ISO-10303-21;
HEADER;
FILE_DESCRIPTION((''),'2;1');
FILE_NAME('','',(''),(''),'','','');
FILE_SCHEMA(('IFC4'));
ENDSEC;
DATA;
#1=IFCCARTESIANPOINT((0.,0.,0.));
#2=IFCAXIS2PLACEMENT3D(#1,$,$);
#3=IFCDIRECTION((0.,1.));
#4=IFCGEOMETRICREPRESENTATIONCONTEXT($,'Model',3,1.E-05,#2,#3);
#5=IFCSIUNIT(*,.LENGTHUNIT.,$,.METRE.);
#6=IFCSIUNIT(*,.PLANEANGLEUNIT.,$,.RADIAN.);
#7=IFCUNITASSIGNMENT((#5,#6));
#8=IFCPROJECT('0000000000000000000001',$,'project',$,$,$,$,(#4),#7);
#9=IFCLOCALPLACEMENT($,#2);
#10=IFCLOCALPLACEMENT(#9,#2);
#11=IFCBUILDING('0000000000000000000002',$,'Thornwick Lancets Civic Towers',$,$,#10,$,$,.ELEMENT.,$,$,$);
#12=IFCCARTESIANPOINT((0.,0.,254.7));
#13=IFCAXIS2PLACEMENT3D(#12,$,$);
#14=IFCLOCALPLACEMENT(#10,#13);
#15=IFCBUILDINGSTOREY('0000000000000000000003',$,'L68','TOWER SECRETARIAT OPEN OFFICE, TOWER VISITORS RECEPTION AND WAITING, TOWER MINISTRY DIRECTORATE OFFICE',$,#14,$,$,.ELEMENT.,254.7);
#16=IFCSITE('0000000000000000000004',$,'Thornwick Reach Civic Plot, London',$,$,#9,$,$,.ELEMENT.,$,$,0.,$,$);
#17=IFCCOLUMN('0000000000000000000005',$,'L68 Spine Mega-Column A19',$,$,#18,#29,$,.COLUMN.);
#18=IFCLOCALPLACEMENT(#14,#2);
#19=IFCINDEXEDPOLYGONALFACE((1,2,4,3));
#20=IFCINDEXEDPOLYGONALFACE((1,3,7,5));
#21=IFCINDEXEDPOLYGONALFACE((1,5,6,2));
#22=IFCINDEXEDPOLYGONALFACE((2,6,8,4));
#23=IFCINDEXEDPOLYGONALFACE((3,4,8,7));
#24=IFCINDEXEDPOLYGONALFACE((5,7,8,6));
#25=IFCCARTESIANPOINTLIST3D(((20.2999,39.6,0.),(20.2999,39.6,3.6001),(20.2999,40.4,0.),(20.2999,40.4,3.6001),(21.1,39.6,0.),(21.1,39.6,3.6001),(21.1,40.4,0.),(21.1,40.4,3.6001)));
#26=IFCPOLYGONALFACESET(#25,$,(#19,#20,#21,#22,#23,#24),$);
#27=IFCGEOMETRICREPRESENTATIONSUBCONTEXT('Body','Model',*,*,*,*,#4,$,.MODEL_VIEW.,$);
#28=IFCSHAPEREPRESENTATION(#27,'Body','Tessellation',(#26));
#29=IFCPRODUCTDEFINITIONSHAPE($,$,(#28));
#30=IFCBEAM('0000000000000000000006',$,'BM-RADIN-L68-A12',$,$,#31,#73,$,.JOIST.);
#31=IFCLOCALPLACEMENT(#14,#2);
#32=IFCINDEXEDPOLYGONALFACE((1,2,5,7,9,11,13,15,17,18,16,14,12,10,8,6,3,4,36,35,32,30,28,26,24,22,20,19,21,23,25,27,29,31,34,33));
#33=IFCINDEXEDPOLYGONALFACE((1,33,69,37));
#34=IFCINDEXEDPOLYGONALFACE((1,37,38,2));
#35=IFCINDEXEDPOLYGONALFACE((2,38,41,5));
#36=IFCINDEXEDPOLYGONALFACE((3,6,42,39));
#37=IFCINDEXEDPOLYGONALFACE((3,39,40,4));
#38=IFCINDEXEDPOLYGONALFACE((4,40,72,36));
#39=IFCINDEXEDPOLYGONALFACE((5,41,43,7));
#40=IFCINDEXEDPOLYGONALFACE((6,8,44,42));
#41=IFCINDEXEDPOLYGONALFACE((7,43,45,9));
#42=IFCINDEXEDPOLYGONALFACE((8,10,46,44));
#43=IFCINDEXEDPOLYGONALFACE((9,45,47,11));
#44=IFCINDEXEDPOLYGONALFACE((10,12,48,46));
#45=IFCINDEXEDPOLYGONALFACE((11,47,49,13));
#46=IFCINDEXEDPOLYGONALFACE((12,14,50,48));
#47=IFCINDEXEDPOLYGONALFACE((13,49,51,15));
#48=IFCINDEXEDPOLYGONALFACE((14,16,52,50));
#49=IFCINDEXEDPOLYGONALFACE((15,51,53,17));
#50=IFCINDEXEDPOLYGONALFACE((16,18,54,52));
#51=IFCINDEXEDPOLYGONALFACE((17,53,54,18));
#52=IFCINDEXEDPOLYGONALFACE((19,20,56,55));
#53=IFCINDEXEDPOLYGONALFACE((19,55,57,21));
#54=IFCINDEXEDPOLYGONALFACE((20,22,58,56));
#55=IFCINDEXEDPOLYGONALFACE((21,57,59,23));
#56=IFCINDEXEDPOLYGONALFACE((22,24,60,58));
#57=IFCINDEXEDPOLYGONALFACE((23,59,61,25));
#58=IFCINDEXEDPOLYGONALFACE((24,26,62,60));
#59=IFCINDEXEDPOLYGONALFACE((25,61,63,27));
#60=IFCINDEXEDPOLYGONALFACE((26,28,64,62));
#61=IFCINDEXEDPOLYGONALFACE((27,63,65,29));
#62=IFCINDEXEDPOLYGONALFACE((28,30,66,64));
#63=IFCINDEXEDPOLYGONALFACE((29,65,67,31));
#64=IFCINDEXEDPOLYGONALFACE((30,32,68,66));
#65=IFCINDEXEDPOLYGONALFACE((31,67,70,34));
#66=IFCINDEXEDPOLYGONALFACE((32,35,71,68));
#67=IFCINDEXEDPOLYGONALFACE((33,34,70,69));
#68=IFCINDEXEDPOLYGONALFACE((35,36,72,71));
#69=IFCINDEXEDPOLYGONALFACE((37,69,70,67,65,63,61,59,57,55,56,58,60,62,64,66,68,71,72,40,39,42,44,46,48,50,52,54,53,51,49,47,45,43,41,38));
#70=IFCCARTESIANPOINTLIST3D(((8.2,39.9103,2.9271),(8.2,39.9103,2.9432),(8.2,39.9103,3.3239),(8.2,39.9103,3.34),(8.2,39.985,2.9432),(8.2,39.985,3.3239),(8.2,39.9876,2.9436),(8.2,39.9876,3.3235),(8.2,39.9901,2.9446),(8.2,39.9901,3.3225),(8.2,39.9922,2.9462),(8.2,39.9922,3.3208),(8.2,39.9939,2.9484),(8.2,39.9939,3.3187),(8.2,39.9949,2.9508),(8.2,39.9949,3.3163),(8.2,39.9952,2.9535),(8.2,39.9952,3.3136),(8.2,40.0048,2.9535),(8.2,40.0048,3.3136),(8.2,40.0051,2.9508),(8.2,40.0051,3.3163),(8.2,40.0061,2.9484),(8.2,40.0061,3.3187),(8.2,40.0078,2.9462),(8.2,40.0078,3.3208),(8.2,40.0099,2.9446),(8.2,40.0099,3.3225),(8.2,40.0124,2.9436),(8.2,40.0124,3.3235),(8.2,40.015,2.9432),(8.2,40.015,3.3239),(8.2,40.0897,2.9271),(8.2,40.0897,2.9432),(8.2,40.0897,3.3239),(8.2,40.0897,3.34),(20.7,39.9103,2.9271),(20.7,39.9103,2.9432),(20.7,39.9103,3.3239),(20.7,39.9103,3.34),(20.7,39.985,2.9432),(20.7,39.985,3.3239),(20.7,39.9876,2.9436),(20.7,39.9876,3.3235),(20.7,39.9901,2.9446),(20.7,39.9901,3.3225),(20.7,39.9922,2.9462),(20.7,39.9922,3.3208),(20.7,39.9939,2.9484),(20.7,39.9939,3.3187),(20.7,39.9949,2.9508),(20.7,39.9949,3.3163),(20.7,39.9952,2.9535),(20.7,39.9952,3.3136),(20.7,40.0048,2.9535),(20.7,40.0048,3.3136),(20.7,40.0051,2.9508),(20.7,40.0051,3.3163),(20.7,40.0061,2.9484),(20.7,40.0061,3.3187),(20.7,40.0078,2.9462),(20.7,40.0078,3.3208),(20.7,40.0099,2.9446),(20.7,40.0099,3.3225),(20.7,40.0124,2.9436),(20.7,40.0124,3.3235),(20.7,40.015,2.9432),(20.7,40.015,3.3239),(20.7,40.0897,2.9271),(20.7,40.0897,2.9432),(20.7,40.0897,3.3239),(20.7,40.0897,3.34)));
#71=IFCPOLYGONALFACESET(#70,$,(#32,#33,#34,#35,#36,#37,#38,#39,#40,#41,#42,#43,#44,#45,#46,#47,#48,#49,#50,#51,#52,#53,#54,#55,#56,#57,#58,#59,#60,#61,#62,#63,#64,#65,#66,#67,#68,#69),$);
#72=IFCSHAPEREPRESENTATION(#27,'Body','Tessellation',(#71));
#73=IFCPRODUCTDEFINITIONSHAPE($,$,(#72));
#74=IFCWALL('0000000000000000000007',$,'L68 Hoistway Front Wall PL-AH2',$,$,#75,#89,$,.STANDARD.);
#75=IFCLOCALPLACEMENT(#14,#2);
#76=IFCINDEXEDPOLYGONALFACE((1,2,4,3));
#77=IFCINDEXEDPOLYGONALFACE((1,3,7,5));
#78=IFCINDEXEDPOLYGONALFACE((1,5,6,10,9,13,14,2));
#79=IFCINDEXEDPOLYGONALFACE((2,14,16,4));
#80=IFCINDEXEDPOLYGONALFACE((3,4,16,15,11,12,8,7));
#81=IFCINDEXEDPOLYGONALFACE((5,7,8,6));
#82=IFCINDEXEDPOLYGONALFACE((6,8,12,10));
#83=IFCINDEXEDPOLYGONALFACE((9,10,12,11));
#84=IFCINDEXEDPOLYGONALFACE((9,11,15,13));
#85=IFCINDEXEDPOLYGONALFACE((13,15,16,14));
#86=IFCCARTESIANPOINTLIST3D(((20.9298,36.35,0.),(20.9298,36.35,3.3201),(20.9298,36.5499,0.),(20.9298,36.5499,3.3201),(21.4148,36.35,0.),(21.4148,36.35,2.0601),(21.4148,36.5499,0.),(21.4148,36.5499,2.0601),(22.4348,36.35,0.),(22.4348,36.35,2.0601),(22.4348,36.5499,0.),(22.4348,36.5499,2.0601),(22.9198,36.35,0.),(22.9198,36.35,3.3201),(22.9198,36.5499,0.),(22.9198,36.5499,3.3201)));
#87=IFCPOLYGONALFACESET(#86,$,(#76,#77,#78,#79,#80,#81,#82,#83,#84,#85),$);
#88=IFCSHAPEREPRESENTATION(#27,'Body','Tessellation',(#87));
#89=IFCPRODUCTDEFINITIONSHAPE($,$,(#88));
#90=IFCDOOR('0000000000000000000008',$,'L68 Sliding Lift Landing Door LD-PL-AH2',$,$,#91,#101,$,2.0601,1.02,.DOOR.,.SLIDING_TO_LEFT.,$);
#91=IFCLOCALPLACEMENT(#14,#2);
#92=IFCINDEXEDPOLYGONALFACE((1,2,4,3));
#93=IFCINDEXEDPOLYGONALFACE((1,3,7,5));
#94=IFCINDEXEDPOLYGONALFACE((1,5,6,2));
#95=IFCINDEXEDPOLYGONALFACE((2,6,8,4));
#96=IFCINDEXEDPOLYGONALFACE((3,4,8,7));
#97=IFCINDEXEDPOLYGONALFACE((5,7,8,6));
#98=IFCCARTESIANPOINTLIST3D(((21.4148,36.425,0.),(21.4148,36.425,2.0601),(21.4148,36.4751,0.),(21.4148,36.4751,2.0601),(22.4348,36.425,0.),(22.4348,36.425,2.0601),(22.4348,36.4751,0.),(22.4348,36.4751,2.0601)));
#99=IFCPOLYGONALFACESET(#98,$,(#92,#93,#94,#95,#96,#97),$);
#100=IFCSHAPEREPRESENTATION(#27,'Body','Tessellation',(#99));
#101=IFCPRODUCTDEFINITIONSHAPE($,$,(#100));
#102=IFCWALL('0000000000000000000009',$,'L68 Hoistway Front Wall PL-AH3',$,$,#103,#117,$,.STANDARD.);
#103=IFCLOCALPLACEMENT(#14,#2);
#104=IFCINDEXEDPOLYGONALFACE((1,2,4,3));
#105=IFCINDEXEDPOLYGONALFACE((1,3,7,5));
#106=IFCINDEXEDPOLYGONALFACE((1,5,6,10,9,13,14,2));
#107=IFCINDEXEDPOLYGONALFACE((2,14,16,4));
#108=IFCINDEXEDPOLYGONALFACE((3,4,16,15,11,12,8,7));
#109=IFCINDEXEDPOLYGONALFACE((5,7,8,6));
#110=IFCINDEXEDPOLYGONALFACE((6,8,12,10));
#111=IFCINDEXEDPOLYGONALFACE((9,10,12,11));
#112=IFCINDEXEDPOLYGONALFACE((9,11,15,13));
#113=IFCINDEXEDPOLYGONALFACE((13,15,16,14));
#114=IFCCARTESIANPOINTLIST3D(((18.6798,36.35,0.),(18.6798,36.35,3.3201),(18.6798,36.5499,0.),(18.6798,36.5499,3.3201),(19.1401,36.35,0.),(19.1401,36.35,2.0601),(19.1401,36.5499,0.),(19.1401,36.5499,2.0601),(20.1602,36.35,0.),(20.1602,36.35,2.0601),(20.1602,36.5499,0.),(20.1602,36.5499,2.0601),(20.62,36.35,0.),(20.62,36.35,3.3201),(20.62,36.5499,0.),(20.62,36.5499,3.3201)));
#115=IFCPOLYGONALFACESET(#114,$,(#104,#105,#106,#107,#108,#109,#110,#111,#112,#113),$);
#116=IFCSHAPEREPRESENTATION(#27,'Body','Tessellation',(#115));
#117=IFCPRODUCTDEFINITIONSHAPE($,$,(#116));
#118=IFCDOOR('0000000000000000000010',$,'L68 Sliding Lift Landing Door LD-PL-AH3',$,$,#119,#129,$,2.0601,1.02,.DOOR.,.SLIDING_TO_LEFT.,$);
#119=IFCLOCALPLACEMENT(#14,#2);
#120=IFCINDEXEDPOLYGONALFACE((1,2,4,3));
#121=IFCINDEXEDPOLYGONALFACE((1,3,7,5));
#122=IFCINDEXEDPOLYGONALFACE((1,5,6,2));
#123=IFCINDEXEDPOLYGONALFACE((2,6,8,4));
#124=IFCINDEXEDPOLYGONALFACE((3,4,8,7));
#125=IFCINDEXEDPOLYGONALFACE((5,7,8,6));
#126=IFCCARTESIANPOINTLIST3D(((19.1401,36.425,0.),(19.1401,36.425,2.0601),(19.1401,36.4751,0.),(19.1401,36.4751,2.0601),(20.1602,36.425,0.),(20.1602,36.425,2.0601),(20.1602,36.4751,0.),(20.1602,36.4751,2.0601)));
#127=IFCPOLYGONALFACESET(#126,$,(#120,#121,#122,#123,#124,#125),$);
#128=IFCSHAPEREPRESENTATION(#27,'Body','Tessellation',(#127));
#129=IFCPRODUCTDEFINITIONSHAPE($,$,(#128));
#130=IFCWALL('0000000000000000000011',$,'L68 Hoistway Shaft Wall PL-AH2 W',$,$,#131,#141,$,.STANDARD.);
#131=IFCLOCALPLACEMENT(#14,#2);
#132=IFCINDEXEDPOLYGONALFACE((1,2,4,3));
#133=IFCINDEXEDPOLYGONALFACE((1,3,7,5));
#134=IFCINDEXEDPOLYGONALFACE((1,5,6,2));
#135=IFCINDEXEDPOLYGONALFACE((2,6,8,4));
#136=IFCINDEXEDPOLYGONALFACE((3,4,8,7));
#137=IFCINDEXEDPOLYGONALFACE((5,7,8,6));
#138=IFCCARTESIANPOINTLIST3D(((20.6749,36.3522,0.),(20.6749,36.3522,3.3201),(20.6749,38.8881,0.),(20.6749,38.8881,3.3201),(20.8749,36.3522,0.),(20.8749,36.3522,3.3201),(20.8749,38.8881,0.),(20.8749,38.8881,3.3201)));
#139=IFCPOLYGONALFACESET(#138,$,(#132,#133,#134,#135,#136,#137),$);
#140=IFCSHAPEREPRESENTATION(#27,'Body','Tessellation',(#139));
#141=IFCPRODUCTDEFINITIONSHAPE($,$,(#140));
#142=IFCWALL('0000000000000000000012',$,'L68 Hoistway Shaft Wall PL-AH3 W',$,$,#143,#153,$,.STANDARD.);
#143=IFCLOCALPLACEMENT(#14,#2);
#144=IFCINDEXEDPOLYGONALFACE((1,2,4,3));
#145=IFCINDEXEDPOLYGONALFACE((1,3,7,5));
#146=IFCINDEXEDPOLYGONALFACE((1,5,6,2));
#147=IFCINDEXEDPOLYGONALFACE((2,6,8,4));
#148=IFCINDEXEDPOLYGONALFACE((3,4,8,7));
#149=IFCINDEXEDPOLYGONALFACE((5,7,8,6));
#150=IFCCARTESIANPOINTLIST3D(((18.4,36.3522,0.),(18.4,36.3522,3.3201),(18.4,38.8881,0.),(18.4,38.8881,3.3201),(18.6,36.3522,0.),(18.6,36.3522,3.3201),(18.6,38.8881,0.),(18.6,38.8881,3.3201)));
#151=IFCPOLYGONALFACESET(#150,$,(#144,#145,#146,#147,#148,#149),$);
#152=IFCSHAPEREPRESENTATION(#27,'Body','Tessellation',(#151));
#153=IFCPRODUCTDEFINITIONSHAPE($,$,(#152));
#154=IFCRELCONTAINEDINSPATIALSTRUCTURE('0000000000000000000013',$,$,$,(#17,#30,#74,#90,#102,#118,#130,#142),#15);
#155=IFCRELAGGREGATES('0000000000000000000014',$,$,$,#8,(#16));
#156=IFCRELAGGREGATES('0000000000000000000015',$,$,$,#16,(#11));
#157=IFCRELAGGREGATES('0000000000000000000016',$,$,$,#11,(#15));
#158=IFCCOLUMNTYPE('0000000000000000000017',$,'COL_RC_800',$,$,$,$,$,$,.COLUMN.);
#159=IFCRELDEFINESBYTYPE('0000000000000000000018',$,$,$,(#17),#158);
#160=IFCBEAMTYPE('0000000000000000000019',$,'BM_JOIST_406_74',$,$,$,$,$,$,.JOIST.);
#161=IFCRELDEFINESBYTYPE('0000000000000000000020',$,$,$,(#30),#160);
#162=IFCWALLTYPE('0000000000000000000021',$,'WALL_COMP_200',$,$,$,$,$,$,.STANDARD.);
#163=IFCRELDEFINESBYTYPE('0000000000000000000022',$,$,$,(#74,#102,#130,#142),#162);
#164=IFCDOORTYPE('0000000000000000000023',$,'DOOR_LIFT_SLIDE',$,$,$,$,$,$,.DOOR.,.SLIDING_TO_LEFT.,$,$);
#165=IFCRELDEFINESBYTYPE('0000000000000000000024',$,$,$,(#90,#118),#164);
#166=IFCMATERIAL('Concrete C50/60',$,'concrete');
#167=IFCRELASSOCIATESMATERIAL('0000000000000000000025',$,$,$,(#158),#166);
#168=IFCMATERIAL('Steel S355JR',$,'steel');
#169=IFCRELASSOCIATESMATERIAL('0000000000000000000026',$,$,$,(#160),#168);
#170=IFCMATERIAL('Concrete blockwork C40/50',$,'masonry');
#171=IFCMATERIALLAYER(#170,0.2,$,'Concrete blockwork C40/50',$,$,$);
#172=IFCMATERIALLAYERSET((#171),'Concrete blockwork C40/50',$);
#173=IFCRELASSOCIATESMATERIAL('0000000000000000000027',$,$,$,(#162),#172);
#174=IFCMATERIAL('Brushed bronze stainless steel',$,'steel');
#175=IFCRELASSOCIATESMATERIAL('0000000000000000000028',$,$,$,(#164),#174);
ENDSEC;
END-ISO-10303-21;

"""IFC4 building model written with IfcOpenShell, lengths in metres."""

from ifc_helpers import new_model, si_unit, direction, frame, frame_2d, origin, origin_2d, place, context, subcontext, project, spatial, rectangle, i_section, extrude, material, layer, layer_set, material_profile, profile_set, type_object, element, fill, save


model = new_model("IFC4")

# Units and contexts
model_context = context("Model", 3, precision=1e-05, world=origin(), true_north=direction((0.0, 1.0)))
body_context = subcontext(model_context, "Body", "Model", "MODEL_VIEW")
ifc_project = project(units=[si_unit("LENGTHUNIT", "METRE"), si_unit("PLANEANGLEUNIT", "RADIAN")], contexts=[model_context])

# Site, building, storey
site_placement = place(None, origin())
site = spatial("IfcSite", under=ifc_project, at=site_placement, Name="Thornwick Reach Civic Plot, London", CompositionType="ELEMENT", RefElevation=0.0)
building_placement = place(site_placement, origin())
building = spatial("IfcBuilding", under=site, at=building_placement, Name="Thornwick Lancets Civic Towers", CompositionType="ELEMENT")
storey_placement = place(building_placement, frame((0.0, 0.0, 254.7)))
storey = spatial("IfcBuildingStorey", under=building, at=storey_placement, Name="L68", Description="TOWER SECRETARIAT OPEN OFFICE, TOWER VISITORS RECEPTION AND WAITING, TOWER MINISTRY DIRECTORATE OFFICE", CompositionType="ELEMENT", Elevation=254.7)

# Column
ifc_material_1 = material(Name="Concrete C50/60", Category="concrete")
ifc_material_profile_1 = material_profile(ifc_material_1, rectangle(XDim=0.8, YDim=0.8, at=origin_2d()), Name="RC 800x800")
ifc_profile_set_1 = profile_set([ifc_material_profile_1], Name="Concrete C50/60")
column_type = type_object("IfcColumnType", Name="COL_RC_800", PredefinedType="COLUMN", material=ifc_profile_set_1)
column_placement = place(storey_placement, frame((20.7, 40.0, 0.0), z_axis=(0.0, 0.0, 1.0), x_axis=(1.0, 0.0, 0.0)))
element("IfcColumn", 1, at=column_placement, inside=storey, type_object=column_type, Name="L68 Spine Mega-Column A19", PredefinedType="COLUMN", context=body_context, shape_type="SweptSolid", body=[
    extrude(rectangle(XDim=0.8, YDim=0.8, at=origin_2d()), origin(), (0.0, 0.0, 1.0), 3.6001),
])

# Beam
ifc_material_2 = material(Name="Steel S355JR", Category="steel")
ifc_material_profile_2 = material_profile(ifc_material_2, i_section(OverallWidth=0.1794, OverallDepth=0.4128, WebThickness=0.0095, FlangeThickness=0.0161, FilletRadius=0.0103, at=origin_2d()), Name="UKB 406x178x74")
ifc_profile_set_2 = profile_set([ifc_material_profile_2], Name="Steel S355JR")
beam_type = type_object("IfcBeamType", Name="BM_JOIST_406_74", PredefinedType="JOIST", material=ifc_profile_set_2)
beam_placement = place(storey_placement, frame((20.7, 40.0, 3.1335), z_axis=(-1.0, 0.0, 0.0), x_axis=(0.0, -1.0, 0.0)))
element("IfcBeam", 2, at=beam_placement, inside=storey, type_object=beam_type, Name="BM-RADIN-L68-A12", PredefinedType="JOIST", context=body_context, shape_type="SweptSolid", body=[
    extrude(i_section(OverallWidth=0.1794, OverallDepth=0.4128, WebThickness=0.0095, FlangeThickness=0.0161, FilletRadius=0.0103, at=origin_2d()), origin(), (0.0, 0.0, 1.0), 12.5),
])

# Walls, openings, doors
ifc_material_3 = material(Name="Concrete blockwork C40/50", Category="masonry")
ifc_layer_1 = layer(ifc_material_3, 0.2, Name="Concrete blockwork C40/50")
ifc_layer_set_1 = layer_set([ifc_layer_1], Name="Concrete blockwork C40/50")
wall_type_1 = type_object("IfcWallType", Name="WALL_COMP_200", PredefinedType="STANDARD", material=ifc_layer_set_1)
wall_1_placement = place(storey_placement, frame((22.9199, 36.45, 0.0), z_axis=(0.0, 0.0, 1.0), x_axis=(-1.0, 0.0, 0.0)))
wall_1 = element("IfcWall", 3, at=wall_1_placement, inside=storey, type_object=wall_type_1, Name="L68 Hoistway Front Wall PL-AH2", PredefinedType="STANDARD", context=body_context, shape_type="SweptSolid", body=[
    extrude(rectangle(XDim=1.99, YDim=0.2, at=frame_2d((0.9951, 0.0))), origin(), (0.0, 0.0, 1.0), 3.3201),
])
opening_1_placement = place(wall_1_placement, frame((0.4851, 0.0, 0.0)))
opening_1 = element("IfcOpeningElement", 4, at=opening_1_placement, cuts=wall_1, PredefinedType="OPENING", context=body_context, shape_type="SweptSolid", body=[
    extrude(rectangle(XDim=1.02, YDim=2.0601, at=frame_2d((0.51, 1.03))), frame((0.0, 0.1099, 0.0), z_axis=(0.0, -1.0, 0.0), x_axis=(1.0, 0.0, 0.0)), (0.0, 0.0, 1.0), 0.22),
])
ifc_material_4 = material(Name="Brushed bronze stainless steel", Category="steel")
door_type_1 = type_object("IfcDoorType", Name="DOOR_LIFT_SLIDE", OperationType="SLIDING_TO_LEFT", PredefinedType="DOOR", material=ifc_material_4)
door_1_placement = place(opening_1_placement, origin())
door_1 = element("IfcDoor", 5, at=door_1_placement, inside=storey, type_object=door_type_1, Name="L68 Sliding Lift Landing Door LD-PL-AH2", OperationType="SLIDING_TO_LEFT", OverallHeight=2.0601, OverallWidth=1.02, PredefinedType="DOOR", context=body_context, shape_type="SweptSolid", body=[
    extrude(rectangle(XDim=1.02, YDim=2.0601, at=frame_2d((0.51, 1.03))), frame((0.0, 0.0249, 0.0), z_axis=(0.0, -1.0, 0.0), x_axis=(1.0, 0.0, 0.0)), (0.0, 0.0, 1.0), 0.05),
])
fill(opening_1, door_1)
wall_2_placement = place(storey_placement, frame((20.6201, 36.45, 0.0), z_axis=(0.0, 0.0, 1.0), x_axis=(-1.0, 0.0, 0.0)))
wall_2 = element("IfcWall", 6, at=wall_2_placement, inside=storey, type_object=wall_type_1, Name="L68 Hoistway Front Wall PL-AH3", PredefinedType="STANDARD", context=body_context, shape_type="SweptSolid", body=[
    extrude(rectangle(XDim=1.9402, YDim=0.2, at=frame_2d((0.9702, 0.0))), origin(), (0.0, 0.0, 1.0), 3.3201),
])
opening_2_placement = place(wall_2_placement, frame((0.46, 0.0, 0.0)))
opening_2 = element("IfcOpeningElement", 7, at=opening_2_placement, cuts=wall_2, PredefinedType="OPENING", context=body_context, shape_type="SweptSolid", body=[
    extrude(rectangle(XDim=1.02, YDim=2.0601, at=frame_2d((0.51, 1.03))), frame((0.0, 0.1099, 0.0), z_axis=(0.0, -1.0, 0.0), x_axis=(1.0, 0.0, 0.0)), (0.0, 0.0, 1.0), 0.22),
])
door_2_placement = place(opening_2_placement, origin())
door_2 = element("IfcDoor", 8, at=door_2_placement, inside=storey, type_object=door_type_1, Name="L68 Sliding Lift Landing Door LD-PL-AH3", OperationType="SLIDING_TO_LEFT", OverallHeight=2.0601, OverallWidth=1.02, PredefinedType="DOOR", context=body_context, shape_type="SweptSolid", body=[
    extrude(rectangle(XDim=1.02, YDim=2.0601, at=frame_2d((0.51, 1.03))), frame((0.0, 0.0249, 0.0), z_axis=(0.0, -1.0, 0.0), x_axis=(1.0, 0.0, 0.0)), (0.0, 0.0, 1.0), 0.05),
])
fill(opening_2, door_2)

# Walls
for number, where, z_axis, x_axis, name in (
    (9, (20.7749, 36.3521, 0.0), (0.0, 0.0, 1.0), (0.0, 1.0, 0.0), "L68 Hoistway Shaft Wall PL-AH2 W"),
    (10, (18.5, 36.3521, 0.0), (0.0, 0.0, 1.0), (0.0, 1.0, 0.0), "L68 Hoistway Shaft Wall PL-AH3 W"),
):
    element("IfcWall", number, at=place(storey_placement, frame(where, z_axis=z_axis, x_axis=x_axis)), inside=storey, type_object=wall_type_1, Name=name, PredefinedType="STANDARD", context=body_context, shape_type="SweptSolid", body=[
        extrude(rectangle(XDim=2.5359, YDim=0.2, at=frame_2d((1.2681, 0.0))), origin(), (0.0, 0.0, 1.0), 3.3201),
    ])

save(model, "model.ifc")
